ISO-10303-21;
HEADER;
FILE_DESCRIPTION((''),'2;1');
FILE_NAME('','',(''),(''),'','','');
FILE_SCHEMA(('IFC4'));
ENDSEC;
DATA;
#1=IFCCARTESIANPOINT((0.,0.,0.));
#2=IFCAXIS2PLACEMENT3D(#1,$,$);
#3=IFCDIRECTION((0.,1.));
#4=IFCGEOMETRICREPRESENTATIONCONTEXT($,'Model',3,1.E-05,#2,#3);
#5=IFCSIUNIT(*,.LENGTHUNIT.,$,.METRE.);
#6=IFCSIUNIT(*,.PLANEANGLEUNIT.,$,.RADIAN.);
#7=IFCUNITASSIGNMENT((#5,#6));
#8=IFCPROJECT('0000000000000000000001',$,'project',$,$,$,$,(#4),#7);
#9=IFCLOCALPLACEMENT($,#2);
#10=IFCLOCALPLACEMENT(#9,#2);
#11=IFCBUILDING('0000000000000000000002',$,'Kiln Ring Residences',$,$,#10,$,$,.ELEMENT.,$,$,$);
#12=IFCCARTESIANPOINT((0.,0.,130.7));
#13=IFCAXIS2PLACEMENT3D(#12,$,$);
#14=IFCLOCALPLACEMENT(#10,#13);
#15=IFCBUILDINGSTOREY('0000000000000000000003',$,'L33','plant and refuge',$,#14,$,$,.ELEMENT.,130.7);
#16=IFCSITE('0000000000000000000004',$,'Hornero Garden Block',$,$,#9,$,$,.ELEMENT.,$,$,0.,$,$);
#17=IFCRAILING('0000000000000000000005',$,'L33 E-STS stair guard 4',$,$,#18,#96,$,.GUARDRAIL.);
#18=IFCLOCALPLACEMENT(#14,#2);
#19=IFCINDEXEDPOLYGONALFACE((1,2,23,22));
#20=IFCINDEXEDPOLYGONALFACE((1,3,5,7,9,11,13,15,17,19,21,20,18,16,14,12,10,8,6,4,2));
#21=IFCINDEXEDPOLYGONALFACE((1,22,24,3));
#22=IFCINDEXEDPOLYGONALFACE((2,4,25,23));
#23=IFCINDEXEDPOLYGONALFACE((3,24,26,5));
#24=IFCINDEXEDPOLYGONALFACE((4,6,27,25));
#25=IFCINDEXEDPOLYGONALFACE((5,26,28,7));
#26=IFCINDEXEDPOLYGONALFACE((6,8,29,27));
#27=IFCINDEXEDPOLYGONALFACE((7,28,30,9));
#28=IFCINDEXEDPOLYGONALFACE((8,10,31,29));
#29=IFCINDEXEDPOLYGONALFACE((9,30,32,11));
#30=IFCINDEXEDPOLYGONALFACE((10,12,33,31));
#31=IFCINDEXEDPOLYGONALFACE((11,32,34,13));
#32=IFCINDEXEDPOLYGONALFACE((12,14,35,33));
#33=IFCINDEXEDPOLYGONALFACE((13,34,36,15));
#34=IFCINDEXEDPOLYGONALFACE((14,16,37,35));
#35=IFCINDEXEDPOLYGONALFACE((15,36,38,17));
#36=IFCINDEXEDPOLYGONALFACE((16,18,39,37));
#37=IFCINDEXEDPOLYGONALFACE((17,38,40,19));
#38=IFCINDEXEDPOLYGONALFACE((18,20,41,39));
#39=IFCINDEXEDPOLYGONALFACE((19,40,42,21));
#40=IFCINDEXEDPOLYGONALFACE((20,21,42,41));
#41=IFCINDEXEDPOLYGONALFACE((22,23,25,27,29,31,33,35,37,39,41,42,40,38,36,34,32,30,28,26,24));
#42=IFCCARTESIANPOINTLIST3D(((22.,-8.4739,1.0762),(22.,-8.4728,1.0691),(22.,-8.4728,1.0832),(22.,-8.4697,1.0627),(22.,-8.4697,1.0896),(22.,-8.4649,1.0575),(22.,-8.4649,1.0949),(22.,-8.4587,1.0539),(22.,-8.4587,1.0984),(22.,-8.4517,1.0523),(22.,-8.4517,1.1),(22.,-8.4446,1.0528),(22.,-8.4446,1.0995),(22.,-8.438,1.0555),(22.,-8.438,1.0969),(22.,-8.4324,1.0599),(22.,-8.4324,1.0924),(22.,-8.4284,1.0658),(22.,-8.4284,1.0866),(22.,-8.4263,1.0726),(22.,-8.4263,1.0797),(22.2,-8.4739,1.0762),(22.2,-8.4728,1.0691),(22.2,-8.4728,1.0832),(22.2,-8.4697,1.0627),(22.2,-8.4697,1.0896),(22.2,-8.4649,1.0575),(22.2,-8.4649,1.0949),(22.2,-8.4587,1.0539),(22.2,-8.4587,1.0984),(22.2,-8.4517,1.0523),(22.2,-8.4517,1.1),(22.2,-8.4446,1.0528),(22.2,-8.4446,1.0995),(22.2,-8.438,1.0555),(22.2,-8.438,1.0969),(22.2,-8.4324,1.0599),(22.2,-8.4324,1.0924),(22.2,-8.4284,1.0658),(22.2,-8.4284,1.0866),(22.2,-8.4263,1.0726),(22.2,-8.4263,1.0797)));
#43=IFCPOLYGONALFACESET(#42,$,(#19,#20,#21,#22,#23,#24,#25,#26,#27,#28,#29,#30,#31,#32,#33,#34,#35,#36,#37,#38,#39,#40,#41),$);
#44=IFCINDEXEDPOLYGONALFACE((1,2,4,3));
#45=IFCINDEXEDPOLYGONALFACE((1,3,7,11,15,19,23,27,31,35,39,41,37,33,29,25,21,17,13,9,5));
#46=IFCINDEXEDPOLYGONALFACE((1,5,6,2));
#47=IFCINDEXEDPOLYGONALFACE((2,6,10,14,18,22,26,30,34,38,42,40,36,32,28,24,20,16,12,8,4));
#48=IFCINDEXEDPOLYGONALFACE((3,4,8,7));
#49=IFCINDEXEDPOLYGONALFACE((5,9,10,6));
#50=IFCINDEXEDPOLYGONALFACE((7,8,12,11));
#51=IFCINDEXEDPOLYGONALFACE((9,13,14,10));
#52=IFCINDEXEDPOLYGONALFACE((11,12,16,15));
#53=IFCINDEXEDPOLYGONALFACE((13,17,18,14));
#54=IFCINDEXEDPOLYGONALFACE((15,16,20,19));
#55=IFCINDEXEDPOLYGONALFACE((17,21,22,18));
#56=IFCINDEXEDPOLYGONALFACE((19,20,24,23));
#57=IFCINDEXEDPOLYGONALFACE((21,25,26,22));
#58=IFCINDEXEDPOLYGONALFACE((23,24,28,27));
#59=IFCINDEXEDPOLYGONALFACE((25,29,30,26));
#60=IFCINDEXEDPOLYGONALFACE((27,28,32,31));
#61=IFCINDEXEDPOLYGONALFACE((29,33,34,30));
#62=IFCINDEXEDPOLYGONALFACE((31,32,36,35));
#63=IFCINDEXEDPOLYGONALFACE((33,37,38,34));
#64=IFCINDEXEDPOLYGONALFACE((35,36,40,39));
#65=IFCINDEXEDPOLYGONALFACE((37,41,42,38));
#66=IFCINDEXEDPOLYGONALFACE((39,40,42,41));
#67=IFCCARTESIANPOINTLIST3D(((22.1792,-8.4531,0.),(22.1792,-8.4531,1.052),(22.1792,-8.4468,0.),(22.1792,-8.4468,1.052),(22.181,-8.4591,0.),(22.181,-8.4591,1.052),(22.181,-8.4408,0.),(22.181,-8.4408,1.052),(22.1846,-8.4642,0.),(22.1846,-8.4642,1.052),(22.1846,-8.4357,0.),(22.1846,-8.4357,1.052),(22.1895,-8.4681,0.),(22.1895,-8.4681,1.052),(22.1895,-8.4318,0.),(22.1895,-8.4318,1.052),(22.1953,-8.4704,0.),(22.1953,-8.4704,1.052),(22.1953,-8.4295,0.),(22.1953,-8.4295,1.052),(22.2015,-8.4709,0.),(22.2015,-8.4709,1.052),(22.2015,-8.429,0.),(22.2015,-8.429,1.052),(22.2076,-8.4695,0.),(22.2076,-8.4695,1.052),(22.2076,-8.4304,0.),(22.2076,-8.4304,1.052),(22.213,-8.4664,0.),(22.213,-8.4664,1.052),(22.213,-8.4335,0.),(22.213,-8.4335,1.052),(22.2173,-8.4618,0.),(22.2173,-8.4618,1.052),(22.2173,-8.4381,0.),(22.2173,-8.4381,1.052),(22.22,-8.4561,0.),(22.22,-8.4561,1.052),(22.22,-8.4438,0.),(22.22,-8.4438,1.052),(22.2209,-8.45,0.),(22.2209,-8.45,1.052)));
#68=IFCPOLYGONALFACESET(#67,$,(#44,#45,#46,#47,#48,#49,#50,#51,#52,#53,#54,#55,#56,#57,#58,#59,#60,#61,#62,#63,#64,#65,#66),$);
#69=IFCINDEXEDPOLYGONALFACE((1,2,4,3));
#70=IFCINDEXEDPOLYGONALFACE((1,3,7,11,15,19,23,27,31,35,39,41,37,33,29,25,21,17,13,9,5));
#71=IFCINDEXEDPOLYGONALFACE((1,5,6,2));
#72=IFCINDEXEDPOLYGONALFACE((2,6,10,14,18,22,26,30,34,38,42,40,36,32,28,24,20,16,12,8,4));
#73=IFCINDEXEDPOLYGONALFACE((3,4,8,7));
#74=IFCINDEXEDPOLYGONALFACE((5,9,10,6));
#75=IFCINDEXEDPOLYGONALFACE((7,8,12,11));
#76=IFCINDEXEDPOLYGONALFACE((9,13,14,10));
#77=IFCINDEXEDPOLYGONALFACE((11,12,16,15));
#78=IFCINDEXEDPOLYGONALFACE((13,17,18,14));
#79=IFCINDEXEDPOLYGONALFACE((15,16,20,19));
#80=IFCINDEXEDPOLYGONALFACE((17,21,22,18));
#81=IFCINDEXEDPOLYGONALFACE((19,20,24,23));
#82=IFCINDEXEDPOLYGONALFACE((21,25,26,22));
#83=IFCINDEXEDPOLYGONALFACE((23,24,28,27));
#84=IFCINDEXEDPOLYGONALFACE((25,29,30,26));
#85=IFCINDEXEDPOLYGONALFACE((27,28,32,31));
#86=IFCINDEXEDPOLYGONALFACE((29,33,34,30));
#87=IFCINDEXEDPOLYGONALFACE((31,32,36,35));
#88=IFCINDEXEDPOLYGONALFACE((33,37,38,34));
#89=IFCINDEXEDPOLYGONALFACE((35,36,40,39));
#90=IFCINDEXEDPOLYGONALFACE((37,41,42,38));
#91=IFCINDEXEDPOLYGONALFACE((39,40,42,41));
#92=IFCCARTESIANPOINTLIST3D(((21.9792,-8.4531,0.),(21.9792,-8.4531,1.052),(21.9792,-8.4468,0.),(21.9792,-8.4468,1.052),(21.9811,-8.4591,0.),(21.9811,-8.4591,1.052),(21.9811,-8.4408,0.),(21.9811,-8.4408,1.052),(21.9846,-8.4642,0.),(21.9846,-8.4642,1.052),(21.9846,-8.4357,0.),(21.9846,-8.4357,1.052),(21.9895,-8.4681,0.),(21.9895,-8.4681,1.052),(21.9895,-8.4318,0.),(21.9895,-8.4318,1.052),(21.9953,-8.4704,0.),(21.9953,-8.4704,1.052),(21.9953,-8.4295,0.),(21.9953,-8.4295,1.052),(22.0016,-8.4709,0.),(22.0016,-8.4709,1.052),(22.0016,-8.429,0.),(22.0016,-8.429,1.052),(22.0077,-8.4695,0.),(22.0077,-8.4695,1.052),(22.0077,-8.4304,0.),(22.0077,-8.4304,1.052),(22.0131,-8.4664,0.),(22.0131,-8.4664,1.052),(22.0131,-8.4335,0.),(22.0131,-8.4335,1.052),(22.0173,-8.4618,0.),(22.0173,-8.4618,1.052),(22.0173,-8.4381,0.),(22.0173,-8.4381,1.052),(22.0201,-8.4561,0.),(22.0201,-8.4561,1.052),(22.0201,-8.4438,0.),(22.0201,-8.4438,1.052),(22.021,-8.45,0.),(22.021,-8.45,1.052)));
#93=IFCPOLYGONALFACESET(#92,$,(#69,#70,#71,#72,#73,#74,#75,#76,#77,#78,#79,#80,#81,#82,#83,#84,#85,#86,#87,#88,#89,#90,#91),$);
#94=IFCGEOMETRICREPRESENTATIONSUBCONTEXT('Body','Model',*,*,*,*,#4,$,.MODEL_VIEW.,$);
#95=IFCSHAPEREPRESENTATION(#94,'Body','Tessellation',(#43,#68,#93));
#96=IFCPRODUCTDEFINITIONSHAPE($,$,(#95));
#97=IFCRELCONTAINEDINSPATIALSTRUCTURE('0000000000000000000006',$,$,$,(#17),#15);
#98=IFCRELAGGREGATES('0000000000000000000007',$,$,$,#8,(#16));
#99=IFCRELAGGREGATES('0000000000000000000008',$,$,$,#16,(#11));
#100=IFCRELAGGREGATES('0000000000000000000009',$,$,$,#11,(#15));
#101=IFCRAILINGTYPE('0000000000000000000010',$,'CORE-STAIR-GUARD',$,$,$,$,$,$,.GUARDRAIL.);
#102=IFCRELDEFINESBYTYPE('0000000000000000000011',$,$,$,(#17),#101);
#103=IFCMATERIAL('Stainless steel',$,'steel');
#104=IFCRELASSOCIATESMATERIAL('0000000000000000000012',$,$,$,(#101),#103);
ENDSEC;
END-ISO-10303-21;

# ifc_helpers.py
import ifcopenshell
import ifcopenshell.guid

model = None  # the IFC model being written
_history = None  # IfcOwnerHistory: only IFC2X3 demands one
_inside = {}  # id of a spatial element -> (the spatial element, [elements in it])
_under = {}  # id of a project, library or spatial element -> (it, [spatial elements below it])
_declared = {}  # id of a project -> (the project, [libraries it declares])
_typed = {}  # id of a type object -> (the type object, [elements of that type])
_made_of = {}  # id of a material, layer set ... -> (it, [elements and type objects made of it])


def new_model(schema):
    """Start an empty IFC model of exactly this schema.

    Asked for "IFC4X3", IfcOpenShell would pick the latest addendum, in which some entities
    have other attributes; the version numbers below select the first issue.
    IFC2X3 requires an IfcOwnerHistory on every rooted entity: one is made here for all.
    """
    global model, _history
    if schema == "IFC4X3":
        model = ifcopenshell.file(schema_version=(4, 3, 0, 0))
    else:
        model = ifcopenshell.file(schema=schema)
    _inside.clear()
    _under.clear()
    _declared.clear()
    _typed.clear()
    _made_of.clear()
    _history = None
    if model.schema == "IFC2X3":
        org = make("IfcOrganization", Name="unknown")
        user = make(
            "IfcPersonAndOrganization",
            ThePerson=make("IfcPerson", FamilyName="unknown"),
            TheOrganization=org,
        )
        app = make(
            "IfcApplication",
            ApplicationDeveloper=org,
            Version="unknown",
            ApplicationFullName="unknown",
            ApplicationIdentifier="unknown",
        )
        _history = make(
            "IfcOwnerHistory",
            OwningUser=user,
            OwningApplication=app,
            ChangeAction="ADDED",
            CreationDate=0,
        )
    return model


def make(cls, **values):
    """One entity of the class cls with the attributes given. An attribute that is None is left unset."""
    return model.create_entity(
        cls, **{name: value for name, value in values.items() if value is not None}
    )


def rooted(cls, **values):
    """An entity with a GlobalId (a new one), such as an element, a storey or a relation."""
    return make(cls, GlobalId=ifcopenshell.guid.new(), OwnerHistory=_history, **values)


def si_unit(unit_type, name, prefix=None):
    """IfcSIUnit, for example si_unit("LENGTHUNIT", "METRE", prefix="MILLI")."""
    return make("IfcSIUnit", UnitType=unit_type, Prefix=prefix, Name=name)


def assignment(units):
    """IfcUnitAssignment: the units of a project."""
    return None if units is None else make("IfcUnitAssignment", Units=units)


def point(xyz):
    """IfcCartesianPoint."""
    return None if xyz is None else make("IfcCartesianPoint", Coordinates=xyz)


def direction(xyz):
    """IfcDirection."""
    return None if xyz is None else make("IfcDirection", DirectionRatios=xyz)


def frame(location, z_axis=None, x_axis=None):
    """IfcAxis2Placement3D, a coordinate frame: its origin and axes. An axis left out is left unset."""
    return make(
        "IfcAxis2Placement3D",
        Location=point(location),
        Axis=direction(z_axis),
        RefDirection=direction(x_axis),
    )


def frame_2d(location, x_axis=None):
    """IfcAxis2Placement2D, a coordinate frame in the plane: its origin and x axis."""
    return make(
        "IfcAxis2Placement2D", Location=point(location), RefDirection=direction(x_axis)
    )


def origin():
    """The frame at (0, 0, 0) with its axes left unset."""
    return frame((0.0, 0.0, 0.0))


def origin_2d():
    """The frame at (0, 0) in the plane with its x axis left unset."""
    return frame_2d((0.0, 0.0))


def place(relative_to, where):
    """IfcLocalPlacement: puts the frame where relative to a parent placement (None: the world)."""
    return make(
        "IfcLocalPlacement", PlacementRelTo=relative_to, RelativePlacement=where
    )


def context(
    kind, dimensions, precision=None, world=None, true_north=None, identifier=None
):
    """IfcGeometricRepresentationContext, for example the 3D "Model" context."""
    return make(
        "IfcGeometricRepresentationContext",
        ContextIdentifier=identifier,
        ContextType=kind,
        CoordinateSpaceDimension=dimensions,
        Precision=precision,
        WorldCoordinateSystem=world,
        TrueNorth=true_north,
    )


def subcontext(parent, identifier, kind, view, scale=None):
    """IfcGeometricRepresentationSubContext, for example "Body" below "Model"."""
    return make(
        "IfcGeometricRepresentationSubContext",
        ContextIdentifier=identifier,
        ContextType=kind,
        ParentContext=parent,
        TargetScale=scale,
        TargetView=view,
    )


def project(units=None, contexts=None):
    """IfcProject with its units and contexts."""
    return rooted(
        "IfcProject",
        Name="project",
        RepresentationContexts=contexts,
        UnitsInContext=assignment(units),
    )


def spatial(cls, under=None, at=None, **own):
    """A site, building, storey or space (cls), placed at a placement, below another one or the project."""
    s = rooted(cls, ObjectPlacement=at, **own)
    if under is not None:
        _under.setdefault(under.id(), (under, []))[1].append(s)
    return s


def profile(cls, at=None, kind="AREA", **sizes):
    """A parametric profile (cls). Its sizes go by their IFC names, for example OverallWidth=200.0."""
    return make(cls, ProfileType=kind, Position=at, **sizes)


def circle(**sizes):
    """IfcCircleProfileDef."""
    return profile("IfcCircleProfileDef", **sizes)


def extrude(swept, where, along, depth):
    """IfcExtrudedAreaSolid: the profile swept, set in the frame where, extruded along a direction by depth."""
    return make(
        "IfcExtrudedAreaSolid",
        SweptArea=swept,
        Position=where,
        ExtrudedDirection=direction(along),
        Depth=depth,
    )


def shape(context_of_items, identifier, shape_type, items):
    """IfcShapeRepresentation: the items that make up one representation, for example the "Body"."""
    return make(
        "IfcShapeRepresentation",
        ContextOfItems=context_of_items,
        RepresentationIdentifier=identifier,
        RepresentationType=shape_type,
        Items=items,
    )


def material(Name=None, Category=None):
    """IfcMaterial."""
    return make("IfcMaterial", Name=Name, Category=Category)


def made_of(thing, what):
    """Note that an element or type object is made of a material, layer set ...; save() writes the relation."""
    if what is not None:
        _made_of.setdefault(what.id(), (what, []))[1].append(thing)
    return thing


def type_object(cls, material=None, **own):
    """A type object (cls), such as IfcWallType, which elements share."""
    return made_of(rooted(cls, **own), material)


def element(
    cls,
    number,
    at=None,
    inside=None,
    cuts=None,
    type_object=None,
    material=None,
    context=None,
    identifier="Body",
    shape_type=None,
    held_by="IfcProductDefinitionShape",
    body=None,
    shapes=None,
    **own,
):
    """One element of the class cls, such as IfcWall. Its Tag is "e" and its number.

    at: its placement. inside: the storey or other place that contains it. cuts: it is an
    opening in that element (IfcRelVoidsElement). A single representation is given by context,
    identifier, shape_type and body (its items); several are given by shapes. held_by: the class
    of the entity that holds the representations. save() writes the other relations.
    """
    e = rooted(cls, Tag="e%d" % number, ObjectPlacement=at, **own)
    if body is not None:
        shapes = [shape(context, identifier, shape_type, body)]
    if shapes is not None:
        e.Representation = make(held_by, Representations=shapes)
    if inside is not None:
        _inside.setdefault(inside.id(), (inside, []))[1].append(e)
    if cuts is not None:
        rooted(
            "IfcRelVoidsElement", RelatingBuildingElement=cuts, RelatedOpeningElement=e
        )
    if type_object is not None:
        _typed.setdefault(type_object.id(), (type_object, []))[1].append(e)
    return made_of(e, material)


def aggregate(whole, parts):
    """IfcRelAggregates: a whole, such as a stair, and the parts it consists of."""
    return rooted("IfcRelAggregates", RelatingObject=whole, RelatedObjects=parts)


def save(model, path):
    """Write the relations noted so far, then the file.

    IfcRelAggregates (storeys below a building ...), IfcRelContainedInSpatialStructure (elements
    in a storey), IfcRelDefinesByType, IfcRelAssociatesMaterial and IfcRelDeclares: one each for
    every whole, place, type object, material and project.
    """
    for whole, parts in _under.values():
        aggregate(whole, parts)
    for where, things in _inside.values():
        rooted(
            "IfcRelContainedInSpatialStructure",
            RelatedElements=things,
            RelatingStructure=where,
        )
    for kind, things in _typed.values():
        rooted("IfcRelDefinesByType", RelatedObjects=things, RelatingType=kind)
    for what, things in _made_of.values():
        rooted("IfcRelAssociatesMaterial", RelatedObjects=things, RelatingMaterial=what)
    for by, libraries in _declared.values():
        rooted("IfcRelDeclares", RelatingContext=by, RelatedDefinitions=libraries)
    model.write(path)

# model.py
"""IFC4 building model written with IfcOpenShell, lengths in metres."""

from ifc_helpers import new_model, si_unit, direction, frame, origin, origin_2d, place, context, subcontext, project, spatial, circle, extrude, material, type_object, element, save


model = new_model("IFC4")

# Units and contexts
model_context = context("Model", 3, precision=1e-05, world=origin(), true_north=direction((0.0, 1.0)))
body_context = subcontext(model_context, "Body", "Model", "MODEL_VIEW")
ifc_project = project(units=[si_unit("LENGTHUNIT", "METRE"), si_unit("PLANEANGLEUNIT", "RADIAN")], contexts=[model_context])

# Site, building, storey
site_placement = place(None, origin())
site = spatial("IfcSite", under=ifc_project, at=site_placement, Name="Hornero Garden Block", CompositionType="ELEMENT", RefElevation=0.0)
building_placement = place(site_placement, origin())
building = spatial("IfcBuilding", under=site, at=building_placement, Name="Kiln Ring Residences", CompositionType="ELEMENT")
storey_placement = place(building_placement, frame((0.0, 0.0, 130.7)))
storey = spatial("IfcBuildingStorey", under=building, at=storey_placement, Name="L33", Description="plant and refuge", CompositionType="ELEMENT", Elevation=130.7)

# Railing
ifc_material_1 = material(Name="Stainless steel", Category="steel")
railing_type_1 = type_object("IfcRailingType", Name="CORE-STAIR-GUARD", PredefinedType="GUARDRAIL", material=ifc_material_1)
railing_1_placement = place(storey_placement, frame((22.2, -8.45, 0.0)))
element("IfcRailing", 1, at=railing_1_placement, inside=storey, type_object=railing_type_1, Name="L33 E-STS stair guard 4", PredefinedType="GUARDRAIL", context=body_context, shape_type="SweptSolid", body=[
    extrude(circle(Radius=0.0239, at=origin_2d()), frame((0.0, 0.0, 1.0762), z_axis=(-1.0, 0.0, 0.0), x_axis=(0.0, -1.0, 0.0)), (0.0, 0.0, 1.0), 0.2),
    extrude(circle(Radius=0.021, at=origin_2d()), origin(), (0.0, 0.0, 1.0), 1.052),
    extrude(circle(Radius=0.021, at=origin_2d()), frame((-0.2, 0.0, 0.0)), (0.0, 0.0, 1.0), 1.052),
])

save(model, "model.ifc")
